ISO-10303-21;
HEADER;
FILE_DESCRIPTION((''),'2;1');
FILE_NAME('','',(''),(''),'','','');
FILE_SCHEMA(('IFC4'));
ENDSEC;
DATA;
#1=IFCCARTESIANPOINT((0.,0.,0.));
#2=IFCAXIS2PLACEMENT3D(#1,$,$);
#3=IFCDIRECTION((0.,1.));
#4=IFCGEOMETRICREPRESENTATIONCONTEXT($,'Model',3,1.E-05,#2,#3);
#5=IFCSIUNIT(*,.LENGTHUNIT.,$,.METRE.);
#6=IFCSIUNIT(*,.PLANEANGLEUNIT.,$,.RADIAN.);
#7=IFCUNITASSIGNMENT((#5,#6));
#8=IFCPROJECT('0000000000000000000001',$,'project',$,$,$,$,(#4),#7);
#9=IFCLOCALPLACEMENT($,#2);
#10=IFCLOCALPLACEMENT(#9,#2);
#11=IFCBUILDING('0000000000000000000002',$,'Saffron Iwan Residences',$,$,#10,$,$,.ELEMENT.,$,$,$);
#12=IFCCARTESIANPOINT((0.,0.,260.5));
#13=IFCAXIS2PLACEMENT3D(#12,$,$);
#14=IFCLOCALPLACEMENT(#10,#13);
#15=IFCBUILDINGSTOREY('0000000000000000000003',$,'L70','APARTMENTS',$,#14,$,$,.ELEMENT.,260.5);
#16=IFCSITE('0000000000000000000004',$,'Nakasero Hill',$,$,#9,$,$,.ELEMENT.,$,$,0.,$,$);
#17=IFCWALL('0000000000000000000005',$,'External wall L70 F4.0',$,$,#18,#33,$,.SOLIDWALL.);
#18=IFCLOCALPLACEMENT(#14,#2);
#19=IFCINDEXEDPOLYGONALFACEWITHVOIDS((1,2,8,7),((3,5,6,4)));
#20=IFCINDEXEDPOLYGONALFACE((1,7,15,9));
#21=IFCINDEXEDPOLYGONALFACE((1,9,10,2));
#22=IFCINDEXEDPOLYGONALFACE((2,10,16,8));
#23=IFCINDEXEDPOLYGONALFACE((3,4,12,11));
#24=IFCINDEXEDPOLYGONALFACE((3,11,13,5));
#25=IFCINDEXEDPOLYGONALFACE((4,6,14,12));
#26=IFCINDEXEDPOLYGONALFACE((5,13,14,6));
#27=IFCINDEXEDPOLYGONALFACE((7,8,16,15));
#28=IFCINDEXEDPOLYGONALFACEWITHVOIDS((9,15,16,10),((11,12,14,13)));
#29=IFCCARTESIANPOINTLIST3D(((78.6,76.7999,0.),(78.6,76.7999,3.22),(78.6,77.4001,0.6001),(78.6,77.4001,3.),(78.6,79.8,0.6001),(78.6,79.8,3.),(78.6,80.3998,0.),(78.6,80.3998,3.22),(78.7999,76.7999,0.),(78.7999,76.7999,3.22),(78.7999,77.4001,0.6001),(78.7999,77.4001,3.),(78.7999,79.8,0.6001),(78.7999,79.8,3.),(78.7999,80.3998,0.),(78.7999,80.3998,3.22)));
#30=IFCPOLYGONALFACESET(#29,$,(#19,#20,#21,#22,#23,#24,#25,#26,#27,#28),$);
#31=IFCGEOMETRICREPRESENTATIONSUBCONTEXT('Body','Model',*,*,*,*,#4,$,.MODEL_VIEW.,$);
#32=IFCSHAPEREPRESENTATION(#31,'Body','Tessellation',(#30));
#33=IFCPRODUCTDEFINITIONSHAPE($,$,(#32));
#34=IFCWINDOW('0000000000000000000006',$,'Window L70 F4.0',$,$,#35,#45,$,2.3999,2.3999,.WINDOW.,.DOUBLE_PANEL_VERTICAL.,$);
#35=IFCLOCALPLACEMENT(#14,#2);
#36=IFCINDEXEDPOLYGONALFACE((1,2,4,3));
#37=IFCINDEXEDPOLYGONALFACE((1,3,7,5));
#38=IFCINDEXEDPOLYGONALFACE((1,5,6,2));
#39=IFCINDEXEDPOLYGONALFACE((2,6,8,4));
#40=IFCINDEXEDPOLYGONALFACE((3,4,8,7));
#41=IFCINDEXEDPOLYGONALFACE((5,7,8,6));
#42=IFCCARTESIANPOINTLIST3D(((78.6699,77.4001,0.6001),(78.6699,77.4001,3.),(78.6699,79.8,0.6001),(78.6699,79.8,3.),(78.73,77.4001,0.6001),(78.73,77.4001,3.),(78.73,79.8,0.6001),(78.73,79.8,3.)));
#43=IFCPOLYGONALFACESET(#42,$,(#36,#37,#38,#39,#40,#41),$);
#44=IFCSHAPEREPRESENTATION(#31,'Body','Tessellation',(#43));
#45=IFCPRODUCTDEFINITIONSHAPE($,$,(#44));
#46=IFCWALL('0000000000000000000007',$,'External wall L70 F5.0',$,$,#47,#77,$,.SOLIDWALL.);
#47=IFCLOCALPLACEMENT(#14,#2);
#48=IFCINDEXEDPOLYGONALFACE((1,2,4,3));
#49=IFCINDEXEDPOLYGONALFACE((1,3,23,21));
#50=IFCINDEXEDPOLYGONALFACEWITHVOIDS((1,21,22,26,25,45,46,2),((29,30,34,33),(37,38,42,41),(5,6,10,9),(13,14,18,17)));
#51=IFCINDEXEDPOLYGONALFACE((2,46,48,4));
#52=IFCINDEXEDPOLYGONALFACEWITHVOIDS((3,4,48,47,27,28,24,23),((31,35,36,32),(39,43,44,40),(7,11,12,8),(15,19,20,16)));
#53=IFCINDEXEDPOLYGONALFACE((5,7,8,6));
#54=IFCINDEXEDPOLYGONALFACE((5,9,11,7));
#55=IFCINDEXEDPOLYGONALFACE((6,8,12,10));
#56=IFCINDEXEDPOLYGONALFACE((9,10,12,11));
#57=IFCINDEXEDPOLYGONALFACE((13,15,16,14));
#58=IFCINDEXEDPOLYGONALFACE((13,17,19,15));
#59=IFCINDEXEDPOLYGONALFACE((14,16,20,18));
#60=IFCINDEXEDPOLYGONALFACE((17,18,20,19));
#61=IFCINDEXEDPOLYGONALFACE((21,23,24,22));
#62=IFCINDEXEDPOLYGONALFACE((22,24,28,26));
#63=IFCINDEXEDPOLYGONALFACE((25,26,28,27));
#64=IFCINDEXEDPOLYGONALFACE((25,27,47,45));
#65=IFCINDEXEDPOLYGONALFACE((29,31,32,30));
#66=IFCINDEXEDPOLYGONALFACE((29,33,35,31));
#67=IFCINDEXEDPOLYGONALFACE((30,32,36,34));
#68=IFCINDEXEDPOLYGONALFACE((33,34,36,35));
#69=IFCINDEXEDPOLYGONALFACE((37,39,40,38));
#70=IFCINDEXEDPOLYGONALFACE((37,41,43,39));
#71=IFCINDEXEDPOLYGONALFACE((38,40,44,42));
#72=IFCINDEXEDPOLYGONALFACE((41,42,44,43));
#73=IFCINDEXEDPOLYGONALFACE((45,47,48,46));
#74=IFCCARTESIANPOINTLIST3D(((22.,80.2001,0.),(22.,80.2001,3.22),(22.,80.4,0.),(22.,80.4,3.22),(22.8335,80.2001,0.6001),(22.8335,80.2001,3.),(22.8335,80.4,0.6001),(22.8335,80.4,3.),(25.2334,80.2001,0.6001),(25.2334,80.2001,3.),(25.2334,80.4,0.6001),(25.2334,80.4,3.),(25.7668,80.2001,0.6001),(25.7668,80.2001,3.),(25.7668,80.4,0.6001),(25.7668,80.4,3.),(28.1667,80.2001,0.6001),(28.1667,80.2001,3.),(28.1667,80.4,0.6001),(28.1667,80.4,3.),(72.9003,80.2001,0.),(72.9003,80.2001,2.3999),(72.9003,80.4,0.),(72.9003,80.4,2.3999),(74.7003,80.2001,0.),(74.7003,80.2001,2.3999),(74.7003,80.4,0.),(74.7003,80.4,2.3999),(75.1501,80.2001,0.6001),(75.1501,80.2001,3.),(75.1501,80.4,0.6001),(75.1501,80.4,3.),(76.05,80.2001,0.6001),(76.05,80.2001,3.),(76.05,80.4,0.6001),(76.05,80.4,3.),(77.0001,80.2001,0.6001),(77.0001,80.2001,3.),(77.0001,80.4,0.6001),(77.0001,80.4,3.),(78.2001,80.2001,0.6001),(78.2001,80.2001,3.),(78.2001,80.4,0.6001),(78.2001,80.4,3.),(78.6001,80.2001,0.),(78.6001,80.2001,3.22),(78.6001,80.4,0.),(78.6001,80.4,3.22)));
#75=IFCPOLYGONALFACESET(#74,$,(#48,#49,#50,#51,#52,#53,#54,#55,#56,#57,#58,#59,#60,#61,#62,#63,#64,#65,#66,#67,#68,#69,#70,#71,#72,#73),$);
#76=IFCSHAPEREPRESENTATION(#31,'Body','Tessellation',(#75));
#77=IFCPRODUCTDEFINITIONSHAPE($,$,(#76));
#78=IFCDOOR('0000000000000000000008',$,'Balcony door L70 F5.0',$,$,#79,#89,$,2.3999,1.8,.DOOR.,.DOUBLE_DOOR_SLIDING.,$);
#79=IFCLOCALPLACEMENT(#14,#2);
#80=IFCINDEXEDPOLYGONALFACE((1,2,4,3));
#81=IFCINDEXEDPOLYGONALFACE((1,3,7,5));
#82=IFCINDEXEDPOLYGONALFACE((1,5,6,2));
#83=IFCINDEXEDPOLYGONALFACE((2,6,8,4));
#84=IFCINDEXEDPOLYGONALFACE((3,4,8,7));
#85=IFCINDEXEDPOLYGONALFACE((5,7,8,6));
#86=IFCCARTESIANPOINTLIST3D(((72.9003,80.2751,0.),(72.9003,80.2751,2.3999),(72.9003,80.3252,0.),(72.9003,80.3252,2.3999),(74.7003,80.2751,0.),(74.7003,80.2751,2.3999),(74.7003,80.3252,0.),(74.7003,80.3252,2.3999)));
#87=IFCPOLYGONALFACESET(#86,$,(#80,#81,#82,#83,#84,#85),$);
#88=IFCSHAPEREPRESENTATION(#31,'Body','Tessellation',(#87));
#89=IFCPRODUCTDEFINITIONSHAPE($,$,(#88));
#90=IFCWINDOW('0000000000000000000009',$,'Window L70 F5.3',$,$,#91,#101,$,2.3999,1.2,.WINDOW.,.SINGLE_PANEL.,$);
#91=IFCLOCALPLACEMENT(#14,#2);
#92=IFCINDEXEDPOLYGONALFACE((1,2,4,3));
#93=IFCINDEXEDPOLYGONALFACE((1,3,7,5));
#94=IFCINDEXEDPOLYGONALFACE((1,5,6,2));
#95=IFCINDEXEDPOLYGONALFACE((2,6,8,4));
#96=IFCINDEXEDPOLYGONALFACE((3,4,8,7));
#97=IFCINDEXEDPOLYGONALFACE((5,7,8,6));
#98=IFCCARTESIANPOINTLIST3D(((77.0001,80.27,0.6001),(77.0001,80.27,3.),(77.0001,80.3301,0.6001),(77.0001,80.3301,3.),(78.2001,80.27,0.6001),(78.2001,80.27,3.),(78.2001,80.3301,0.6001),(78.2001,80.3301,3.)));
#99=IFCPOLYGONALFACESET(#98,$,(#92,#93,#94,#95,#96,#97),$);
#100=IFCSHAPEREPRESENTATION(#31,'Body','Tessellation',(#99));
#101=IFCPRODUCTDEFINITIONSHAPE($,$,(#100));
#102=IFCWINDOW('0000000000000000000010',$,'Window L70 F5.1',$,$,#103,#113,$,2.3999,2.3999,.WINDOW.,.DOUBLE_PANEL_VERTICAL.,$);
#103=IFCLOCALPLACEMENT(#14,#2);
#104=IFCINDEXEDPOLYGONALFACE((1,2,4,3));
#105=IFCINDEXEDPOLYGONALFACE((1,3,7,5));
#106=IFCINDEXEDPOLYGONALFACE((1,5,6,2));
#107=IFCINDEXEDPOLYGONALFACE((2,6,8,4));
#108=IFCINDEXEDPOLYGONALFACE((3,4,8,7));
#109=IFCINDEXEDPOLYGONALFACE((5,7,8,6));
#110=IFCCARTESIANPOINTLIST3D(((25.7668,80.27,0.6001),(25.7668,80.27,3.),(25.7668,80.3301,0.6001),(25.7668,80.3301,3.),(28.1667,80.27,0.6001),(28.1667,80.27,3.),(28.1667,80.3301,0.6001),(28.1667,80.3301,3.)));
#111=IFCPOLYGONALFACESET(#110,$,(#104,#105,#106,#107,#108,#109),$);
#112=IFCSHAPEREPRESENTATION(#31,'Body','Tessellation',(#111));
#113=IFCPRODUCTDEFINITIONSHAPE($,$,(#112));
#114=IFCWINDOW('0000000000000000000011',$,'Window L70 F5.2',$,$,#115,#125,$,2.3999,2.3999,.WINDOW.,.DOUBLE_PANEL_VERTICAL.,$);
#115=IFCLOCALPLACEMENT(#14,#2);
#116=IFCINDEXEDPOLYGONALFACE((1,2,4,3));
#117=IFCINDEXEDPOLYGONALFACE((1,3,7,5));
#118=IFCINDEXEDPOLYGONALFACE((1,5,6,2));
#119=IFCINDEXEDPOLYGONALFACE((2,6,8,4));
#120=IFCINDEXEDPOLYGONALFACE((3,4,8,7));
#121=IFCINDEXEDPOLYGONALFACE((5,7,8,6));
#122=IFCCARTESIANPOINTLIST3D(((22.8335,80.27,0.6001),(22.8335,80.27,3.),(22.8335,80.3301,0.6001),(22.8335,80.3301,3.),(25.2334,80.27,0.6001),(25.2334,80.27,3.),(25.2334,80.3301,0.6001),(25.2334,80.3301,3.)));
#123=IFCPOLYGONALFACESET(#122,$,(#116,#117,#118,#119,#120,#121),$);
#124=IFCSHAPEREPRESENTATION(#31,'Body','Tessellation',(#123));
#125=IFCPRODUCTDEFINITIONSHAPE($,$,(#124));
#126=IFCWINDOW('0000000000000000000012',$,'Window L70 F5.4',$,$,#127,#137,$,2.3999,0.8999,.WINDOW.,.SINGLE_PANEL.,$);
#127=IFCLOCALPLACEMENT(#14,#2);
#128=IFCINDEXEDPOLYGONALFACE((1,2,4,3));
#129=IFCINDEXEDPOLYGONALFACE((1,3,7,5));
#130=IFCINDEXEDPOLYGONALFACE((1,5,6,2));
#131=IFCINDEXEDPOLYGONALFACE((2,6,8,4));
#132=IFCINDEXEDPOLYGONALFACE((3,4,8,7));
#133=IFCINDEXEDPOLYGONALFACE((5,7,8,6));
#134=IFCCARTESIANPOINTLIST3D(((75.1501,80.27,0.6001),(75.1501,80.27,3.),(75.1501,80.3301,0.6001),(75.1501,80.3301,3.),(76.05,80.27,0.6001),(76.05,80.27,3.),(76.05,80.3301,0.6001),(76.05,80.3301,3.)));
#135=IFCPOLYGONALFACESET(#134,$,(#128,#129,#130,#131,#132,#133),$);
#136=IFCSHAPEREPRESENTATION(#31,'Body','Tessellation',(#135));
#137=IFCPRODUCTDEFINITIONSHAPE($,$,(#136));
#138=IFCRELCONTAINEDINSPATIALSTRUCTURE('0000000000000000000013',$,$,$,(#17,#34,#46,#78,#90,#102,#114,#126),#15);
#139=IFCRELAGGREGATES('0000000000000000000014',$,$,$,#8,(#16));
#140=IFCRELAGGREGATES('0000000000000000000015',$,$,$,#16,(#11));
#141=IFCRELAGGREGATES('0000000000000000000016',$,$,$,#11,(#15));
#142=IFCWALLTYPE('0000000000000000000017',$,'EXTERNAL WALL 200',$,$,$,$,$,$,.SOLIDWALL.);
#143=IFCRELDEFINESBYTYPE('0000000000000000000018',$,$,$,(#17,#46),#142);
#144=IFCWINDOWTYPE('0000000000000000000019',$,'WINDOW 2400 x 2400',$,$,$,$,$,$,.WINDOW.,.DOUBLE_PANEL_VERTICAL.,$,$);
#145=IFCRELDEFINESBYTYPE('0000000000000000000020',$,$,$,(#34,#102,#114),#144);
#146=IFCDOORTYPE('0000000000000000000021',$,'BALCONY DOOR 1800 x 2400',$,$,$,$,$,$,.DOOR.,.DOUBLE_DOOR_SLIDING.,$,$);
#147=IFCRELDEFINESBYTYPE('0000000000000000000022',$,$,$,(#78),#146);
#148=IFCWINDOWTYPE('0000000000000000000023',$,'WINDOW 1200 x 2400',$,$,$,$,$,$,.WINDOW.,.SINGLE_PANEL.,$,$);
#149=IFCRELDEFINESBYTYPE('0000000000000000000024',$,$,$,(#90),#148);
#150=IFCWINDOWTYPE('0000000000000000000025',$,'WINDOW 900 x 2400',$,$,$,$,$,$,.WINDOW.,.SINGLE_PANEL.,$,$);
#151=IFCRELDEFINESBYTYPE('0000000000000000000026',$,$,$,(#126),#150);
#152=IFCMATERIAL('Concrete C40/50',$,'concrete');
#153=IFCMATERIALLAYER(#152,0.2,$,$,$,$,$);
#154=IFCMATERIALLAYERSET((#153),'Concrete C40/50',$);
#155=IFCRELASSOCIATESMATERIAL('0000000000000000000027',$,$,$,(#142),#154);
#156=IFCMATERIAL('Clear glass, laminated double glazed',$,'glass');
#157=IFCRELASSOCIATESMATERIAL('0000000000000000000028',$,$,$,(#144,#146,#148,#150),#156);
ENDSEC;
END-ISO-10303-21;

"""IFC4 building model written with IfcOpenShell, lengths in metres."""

from ifc_helpers import new_model, si_unit, direction, frame, frame_2d, origin, place, context, subcontext, project, spatial, rectangle, extrude, material, layer, layer_set, type_object, element, fill, save


model = new_model("IFC4")

# Units and contexts
model_context = context("Model", 3, precision=1e-05, world=origin(), true_north=direction((0.0, 1.0)))
body_context = subcontext(model_context, "Body", "Model", "MODEL_VIEW")
ifc_project = project(units=[si_unit("LENGTHUNIT", "METRE"), si_unit("PLANEANGLEUNIT", "RADIAN")], contexts=[model_context])

# Site, building, storey
site_placement = place(None, origin())
site = spatial("IfcSite", under=ifc_project, at=site_placement, Name="Nakasero Hill", CompositionType="ELEMENT", RefElevation=0.0)
building_placement = place(site_placement, origin())
building = spatial("IfcBuilding", under=site, at=building_placement, Name="Saffron Iwan Residences", CompositionType="ELEMENT")
storey_placement = place(building_placement, frame((0.0, 0.0, 260.5)))
storey = spatial("IfcBuildingStorey", under=building, at=storey_placement, Name="L70", Description="APARTMENTS", CompositionType="ELEMENT", Elevation=260.5)

# Shared definitions
ifc_material_1 = material(Name="Concrete C40/50", Category="concrete")

# Wall, opening, window
ifc_layer_1 = layer(ifc_material_1, 0.2)
ifc_layer_set_1 = layer_set([ifc_layer_1], Name="Concrete C40/50")
wall_type_1 = type_object("IfcWallType", Name="EXTERNAL WALL 200", PredefinedType="SOLIDWALL", material=ifc_layer_set_1)
ifc_material_2 = material(Name="Clear glass, laminated double glazed", Category="glass")
wall_1_placement = place(storey_placement, frame((78.7, 76.8, 0.0), z_axis=(0.0, 0.0, 1.0), x_axis=(0.0, 1.0, 0.0)))
wall_1 = element("IfcWall", 1, at=wall_1_placement, inside=storey, type_object=wall_type_1, Name="External wall L70 F4.0", PredefinedType="SOLIDWALL", context=body_context, shape_type="SweptSolid", body=[
    extrude(rectangle(XDim=3.5999, YDim=0.2, at=frame_2d((1.7998, 0.0))), origin(), (0.0, 0.0, 1.0), 3.22),
])
opening_1_placement = place(wall_1_placement, frame((0.6001, 0.0, 0.6001)))
opening_1 = element("IfcOpeningElement", 2, at=opening_1_placement, cuts=wall_1, PredefinedType="OPENING", context=body_context, shape_type="SweptSolid", body=[
    extrude(rectangle(XDim=2.3999, YDim=2.3999, at=frame_2d((1.2, 1.2))), frame((0.0, 0.1099, 0.0), z_axis=(0.0, -1.0, 0.0), x_axis=(1.0, 0.0, 0.0)), (0.0, 0.0, 1.0), 0.22),
])
window_type_1 = type_object("IfcWindowType", Name="WINDOW 2400 x 2400", PartitioningType="DOUBLE_PANEL_VERTICAL", PredefinedType="WINDOW", material=ifc_material_2)
window_1_placement = place(opening_1_placement, origin())
window_1 = element("IfcWindow", 3, at=window_1_placement, inside=storey, type_object=window_type_1, Name="Window L70 F4.0", OverallHeight=2.3999, OverallWidth=2.3999, PartitioningType="DOUBLE_PANEL_VERTICAL", PredefinedType="WINDOW", context=body_context, shape_type="SweptSolid", body=[
    extrude(rectangle(XDim=2.3999, YDim=2.3999, at=frame_2d((1.2, 1.2))), frame((0.0, 0.03, 0.0), z_axis=(0.0, -1.0, 0.0), x_axis=(1.0, 0.0, 0.0)), (0.0, 0.0, 1.0), 0.0601),
])
fill(opening_1, window_1)

# Wall, openings, door, windows
wall_2_placement = place(storey_placement, frame((78.6001, 80.3, 0.0), z_axis=(0.0, 0.0, 1.0), x_axis=(-1.0, 0.0, 0.0)))
wall_2 = element("IfcWall", 4, at=wall_2_placement, inside=storey, type_object=wall_type_1, Name="External wall L70 F5.0", PredefinedType="SOLIDWALL", context=body_context, shape_type="SweptSolid", body=[
    extrude(rectangle(XDim=56.6001, YDim=0.2, at=frame_2d((28.3, 0.0))), origin(), (0.0, 0.0, 1.0), 3.22),
])
opening_2_placement = place(wall_2_placement, frame((3.8999, 0.0, 0.0)))
opening_2 = element("IfcOpeningElement", 5, at=opening_2_placement, cuts=wall_2, PredefinedType="OPENING", context=body_context, shape_type="SweptSolid", body=[
    extrude(rectangle(XDim=1.8, YDim=2.3999, at=frame_2d((0.8999, 1.2))), frame((0.0, 0.1099, 0.0), z_axis=(0.0, -1.0, 0.0), x_axis=(1.0, 0.0, 0.0)), (0.0, 0.0, 1.0), 0.22),
])
opening_3_placement = place(wall_2_placement, frame((50.4333, 0.0, 0.6001)))
opening_3 = element("IfcOpeningElement", 6, at=opening_3_placement, cuts=wall_2, PredefinedType="OPENING", context=body_context, shape_type="SweptSolid", body=[
    extrude(rectangle(XDim=2.3999, YDim=2.3999, at=frame_2d((1.2, 1.2))), frame((0.0, 0.1099, 0.0), z_axis=(0.0, -1.0, 0.0), x_axis=(1.0, 0.0, 0.0)), (0.0, 0.0, 1.0), 0.22),
])
opening_4_placement = place(wall_2_placement, frame((53.3667, 0.0, 0.6001)))
opening_4 = element("IfcOpeningElement", 7, at=opening_4_placement, cuts=wall_2, PredefinedType="OPENING", context=body_context, shape_type="SweptSolid", body=[
    extrude(rectangle(XDim=2.3999, YDim=2.3999, at=frame_2d((1.2, 1.2))), frame((0.0, 0.1099, 0.0), z_axis=(0.0, -1.0, 0.0), x_axis=(1.0, 0.0, 0.0)), (0.0, 0.0, 1.0), 0.22),
])
opening_5_placement = place(wall_2_placement, frame((0.3999, 0.0, 0.6001)))
opening_5 = element("IfcOpeningElement", 8, at=opening_5_placement, cuts=wall_2, PredefinedType="OPENING", context=body_context, shape_type="SweptSolid", body=[
    extrude(rectangle(XDim=1.2, YDim=2.3999, at=frame_2d((0.6001, 1.2))), frame((0.0, 0.1099, 0.0), z_axis=(0.0, -1.0, 0.0), x_axis=(1.0, 0.0, 0.0)), (0.0, 0.0, 1.0), 0.22),
])
opening_6_placement = place(wall_2_placement, frame((2.55, 0.0, 0.6001)))
opening_6 = element("IfcOpeningElement", 9, at=opening_6_placement, cuts=wall_2, PredefinedType="OPENING", context=body_context, shape_type="SweptSolid", body=[
    extrude(rectangle(XDim=0.8999, YDim=2.3999, at=frame_2d((0.45, 1.2))), frame((0.0, 0.1099, 0.0), z_axis=(0.0, -1.0, 0.0), x_axis=(1.0, 0.0, 0.0)), (0.0, 0.0, 1.0), 0.22),
])
door_type_1 = type_object("IfcDoorType", Name="BALCONY DOOR 1800 x 2400", OperationType="DOUBLE_DOOR_SLIDING", PredefinedType="DOOR", material=ifc_material_2)
door_1_placement = place(opening_2_placement, origin())
door_1 = element("IfcDoor", 10, at=door_1_placement, inside=storey, type_object=door_type_1, Name="Balcony door L70 F5.0", OperationType="DOUBLE_DOOR_SLIDING", OverallHeight=2.3999, OverallWidth=1.8, PredefinedType="DOOR", context=body_context, shape_type="SweptSolid", body=[
    extrude(rectangle(XDim=1.8, YDim=2.3999, at=frame_2d((0.8999, 1.2))), frame((0.0, 0.0249, 0.0), z_axis=(0.0, -1.0, 0.0), x_axis=(1.0, 0.0, 0.0)), (0.0, 0.0, 1.0), 0.05),
])
fill(opening_2, door_1)
window_type_2 = type_object("IfcWindowType", Name="WINDOW 1200 x 2400", PartitioningType="SINGLE_PANEL", PredefinedType="WINDOW", material=ifc_material_2)
window_2_placement = place(opening_5_placement, origin())
window_2 = element("IfcWindow", 11, at=window_2_placement, inside=storey, type_object=window_type_2, Name="Window L70 F5.3", OverallHeight=2.3999, OverallWidth=1.2, PartitioningType="SINGLE_PANEL", PredefinedType="WINDOW", context=body_context, shape_type="SweptSolid", body=[
    extrude(rectangle(XDim=1.2, YDim=2.3999, at=frame_2d((0.6001, 1.2))), frame((0.0, 0.03, 0.0), z_axis=(0.0, -1.0, 0.0), x_axis=(1.0, 0.0, 0.0)), (0.0, 0.0, 1.0), 0.0601),
])
fill(opening_5, window_2)
window_3_placement = place(opening_3_placement, origin())
window_3 = element("IfcWindow", 12, at=window_3_placement, inside=storey, type_object=window_type_1, Name="Window L70 F5.1", OverallHeight=2.3999, OverallWidth=2.3999, PartitioningType="DOUBLE_PANEL_VERTICAL", PredefinedType="WINDOW", context=body_context, shape_type="SweptSolid", body=[
    extrude(rectangle(XDim=2.3999, YDim=2.3999, at=frame_2d((1.2, 1.2))), frame((0.0, 0.03, 0.0), z_axis=(0.0, -1.0, 0.0), x_axis=(1.0, 0.0, 0.0)), (0.0, 0.0, 1.0), 0.0601),
])
fill(opening_3, window_3)
window_4_placement = place(opening_4_placement, origin())
window_4 = element("IfcWindow", 13, at=window_4_placement, inside=storey, type_object=window_type_1, Name="Window L70 F5.2", OverallHeight=2.3999, OverallWidth=2.3999, PartitioningType="DOUBLE_PANEL_VERTICAL", PredefinedType="WINDOW", context=body_context, shape_type="SweptSolid", body=[
    extrude(rectangle(XDim=2.3999, YDim=2.3999, at=frame_2d((1.2, 1.2))), frame((0.0, 0.03, 0.0), z_axis=(0.0, -1.0, 0.0), x_axis=(1.0, 0.0, 0.0)), (0.0, 0.0, 1.0), 0.0601),
])
fill(opening_4, window_4)
window_type_3 = type_object("IfcWindowType", Name="WINDOW 900 x 2400", PartitioningType="SINGLE_PANEL", PredefinedType="WINDOW", material=ifc_material_2)
window_5_placement = place(opening_6_placement, origin())
window_5 = element("IfcWindow", 14, at=window_5_placement, inside=storey, type_object=window_type_3, Name="Window L70 F5.4", OverallHeight=2.3999, OverallWidth=0.8999, PartitioningType="SINGLE_PANEL", PredefinedType="WINDOW", context=body_context, shape_type="SweptSolid", body=[
    extrude(rectangle(XDim=0.8999, YDim=2.3999, at=frame_2d((0.45, 1.2))), frame((0.0, 0.03, 0.0), z_axis=(0.0, -1.0, 0.0), x_axis=(1.0, 0.0, 0.0)), (0.0, 0.0, 1.0), 0.0601),
])
fill(opening_6, window_5)

save(model, "model.ifc")
